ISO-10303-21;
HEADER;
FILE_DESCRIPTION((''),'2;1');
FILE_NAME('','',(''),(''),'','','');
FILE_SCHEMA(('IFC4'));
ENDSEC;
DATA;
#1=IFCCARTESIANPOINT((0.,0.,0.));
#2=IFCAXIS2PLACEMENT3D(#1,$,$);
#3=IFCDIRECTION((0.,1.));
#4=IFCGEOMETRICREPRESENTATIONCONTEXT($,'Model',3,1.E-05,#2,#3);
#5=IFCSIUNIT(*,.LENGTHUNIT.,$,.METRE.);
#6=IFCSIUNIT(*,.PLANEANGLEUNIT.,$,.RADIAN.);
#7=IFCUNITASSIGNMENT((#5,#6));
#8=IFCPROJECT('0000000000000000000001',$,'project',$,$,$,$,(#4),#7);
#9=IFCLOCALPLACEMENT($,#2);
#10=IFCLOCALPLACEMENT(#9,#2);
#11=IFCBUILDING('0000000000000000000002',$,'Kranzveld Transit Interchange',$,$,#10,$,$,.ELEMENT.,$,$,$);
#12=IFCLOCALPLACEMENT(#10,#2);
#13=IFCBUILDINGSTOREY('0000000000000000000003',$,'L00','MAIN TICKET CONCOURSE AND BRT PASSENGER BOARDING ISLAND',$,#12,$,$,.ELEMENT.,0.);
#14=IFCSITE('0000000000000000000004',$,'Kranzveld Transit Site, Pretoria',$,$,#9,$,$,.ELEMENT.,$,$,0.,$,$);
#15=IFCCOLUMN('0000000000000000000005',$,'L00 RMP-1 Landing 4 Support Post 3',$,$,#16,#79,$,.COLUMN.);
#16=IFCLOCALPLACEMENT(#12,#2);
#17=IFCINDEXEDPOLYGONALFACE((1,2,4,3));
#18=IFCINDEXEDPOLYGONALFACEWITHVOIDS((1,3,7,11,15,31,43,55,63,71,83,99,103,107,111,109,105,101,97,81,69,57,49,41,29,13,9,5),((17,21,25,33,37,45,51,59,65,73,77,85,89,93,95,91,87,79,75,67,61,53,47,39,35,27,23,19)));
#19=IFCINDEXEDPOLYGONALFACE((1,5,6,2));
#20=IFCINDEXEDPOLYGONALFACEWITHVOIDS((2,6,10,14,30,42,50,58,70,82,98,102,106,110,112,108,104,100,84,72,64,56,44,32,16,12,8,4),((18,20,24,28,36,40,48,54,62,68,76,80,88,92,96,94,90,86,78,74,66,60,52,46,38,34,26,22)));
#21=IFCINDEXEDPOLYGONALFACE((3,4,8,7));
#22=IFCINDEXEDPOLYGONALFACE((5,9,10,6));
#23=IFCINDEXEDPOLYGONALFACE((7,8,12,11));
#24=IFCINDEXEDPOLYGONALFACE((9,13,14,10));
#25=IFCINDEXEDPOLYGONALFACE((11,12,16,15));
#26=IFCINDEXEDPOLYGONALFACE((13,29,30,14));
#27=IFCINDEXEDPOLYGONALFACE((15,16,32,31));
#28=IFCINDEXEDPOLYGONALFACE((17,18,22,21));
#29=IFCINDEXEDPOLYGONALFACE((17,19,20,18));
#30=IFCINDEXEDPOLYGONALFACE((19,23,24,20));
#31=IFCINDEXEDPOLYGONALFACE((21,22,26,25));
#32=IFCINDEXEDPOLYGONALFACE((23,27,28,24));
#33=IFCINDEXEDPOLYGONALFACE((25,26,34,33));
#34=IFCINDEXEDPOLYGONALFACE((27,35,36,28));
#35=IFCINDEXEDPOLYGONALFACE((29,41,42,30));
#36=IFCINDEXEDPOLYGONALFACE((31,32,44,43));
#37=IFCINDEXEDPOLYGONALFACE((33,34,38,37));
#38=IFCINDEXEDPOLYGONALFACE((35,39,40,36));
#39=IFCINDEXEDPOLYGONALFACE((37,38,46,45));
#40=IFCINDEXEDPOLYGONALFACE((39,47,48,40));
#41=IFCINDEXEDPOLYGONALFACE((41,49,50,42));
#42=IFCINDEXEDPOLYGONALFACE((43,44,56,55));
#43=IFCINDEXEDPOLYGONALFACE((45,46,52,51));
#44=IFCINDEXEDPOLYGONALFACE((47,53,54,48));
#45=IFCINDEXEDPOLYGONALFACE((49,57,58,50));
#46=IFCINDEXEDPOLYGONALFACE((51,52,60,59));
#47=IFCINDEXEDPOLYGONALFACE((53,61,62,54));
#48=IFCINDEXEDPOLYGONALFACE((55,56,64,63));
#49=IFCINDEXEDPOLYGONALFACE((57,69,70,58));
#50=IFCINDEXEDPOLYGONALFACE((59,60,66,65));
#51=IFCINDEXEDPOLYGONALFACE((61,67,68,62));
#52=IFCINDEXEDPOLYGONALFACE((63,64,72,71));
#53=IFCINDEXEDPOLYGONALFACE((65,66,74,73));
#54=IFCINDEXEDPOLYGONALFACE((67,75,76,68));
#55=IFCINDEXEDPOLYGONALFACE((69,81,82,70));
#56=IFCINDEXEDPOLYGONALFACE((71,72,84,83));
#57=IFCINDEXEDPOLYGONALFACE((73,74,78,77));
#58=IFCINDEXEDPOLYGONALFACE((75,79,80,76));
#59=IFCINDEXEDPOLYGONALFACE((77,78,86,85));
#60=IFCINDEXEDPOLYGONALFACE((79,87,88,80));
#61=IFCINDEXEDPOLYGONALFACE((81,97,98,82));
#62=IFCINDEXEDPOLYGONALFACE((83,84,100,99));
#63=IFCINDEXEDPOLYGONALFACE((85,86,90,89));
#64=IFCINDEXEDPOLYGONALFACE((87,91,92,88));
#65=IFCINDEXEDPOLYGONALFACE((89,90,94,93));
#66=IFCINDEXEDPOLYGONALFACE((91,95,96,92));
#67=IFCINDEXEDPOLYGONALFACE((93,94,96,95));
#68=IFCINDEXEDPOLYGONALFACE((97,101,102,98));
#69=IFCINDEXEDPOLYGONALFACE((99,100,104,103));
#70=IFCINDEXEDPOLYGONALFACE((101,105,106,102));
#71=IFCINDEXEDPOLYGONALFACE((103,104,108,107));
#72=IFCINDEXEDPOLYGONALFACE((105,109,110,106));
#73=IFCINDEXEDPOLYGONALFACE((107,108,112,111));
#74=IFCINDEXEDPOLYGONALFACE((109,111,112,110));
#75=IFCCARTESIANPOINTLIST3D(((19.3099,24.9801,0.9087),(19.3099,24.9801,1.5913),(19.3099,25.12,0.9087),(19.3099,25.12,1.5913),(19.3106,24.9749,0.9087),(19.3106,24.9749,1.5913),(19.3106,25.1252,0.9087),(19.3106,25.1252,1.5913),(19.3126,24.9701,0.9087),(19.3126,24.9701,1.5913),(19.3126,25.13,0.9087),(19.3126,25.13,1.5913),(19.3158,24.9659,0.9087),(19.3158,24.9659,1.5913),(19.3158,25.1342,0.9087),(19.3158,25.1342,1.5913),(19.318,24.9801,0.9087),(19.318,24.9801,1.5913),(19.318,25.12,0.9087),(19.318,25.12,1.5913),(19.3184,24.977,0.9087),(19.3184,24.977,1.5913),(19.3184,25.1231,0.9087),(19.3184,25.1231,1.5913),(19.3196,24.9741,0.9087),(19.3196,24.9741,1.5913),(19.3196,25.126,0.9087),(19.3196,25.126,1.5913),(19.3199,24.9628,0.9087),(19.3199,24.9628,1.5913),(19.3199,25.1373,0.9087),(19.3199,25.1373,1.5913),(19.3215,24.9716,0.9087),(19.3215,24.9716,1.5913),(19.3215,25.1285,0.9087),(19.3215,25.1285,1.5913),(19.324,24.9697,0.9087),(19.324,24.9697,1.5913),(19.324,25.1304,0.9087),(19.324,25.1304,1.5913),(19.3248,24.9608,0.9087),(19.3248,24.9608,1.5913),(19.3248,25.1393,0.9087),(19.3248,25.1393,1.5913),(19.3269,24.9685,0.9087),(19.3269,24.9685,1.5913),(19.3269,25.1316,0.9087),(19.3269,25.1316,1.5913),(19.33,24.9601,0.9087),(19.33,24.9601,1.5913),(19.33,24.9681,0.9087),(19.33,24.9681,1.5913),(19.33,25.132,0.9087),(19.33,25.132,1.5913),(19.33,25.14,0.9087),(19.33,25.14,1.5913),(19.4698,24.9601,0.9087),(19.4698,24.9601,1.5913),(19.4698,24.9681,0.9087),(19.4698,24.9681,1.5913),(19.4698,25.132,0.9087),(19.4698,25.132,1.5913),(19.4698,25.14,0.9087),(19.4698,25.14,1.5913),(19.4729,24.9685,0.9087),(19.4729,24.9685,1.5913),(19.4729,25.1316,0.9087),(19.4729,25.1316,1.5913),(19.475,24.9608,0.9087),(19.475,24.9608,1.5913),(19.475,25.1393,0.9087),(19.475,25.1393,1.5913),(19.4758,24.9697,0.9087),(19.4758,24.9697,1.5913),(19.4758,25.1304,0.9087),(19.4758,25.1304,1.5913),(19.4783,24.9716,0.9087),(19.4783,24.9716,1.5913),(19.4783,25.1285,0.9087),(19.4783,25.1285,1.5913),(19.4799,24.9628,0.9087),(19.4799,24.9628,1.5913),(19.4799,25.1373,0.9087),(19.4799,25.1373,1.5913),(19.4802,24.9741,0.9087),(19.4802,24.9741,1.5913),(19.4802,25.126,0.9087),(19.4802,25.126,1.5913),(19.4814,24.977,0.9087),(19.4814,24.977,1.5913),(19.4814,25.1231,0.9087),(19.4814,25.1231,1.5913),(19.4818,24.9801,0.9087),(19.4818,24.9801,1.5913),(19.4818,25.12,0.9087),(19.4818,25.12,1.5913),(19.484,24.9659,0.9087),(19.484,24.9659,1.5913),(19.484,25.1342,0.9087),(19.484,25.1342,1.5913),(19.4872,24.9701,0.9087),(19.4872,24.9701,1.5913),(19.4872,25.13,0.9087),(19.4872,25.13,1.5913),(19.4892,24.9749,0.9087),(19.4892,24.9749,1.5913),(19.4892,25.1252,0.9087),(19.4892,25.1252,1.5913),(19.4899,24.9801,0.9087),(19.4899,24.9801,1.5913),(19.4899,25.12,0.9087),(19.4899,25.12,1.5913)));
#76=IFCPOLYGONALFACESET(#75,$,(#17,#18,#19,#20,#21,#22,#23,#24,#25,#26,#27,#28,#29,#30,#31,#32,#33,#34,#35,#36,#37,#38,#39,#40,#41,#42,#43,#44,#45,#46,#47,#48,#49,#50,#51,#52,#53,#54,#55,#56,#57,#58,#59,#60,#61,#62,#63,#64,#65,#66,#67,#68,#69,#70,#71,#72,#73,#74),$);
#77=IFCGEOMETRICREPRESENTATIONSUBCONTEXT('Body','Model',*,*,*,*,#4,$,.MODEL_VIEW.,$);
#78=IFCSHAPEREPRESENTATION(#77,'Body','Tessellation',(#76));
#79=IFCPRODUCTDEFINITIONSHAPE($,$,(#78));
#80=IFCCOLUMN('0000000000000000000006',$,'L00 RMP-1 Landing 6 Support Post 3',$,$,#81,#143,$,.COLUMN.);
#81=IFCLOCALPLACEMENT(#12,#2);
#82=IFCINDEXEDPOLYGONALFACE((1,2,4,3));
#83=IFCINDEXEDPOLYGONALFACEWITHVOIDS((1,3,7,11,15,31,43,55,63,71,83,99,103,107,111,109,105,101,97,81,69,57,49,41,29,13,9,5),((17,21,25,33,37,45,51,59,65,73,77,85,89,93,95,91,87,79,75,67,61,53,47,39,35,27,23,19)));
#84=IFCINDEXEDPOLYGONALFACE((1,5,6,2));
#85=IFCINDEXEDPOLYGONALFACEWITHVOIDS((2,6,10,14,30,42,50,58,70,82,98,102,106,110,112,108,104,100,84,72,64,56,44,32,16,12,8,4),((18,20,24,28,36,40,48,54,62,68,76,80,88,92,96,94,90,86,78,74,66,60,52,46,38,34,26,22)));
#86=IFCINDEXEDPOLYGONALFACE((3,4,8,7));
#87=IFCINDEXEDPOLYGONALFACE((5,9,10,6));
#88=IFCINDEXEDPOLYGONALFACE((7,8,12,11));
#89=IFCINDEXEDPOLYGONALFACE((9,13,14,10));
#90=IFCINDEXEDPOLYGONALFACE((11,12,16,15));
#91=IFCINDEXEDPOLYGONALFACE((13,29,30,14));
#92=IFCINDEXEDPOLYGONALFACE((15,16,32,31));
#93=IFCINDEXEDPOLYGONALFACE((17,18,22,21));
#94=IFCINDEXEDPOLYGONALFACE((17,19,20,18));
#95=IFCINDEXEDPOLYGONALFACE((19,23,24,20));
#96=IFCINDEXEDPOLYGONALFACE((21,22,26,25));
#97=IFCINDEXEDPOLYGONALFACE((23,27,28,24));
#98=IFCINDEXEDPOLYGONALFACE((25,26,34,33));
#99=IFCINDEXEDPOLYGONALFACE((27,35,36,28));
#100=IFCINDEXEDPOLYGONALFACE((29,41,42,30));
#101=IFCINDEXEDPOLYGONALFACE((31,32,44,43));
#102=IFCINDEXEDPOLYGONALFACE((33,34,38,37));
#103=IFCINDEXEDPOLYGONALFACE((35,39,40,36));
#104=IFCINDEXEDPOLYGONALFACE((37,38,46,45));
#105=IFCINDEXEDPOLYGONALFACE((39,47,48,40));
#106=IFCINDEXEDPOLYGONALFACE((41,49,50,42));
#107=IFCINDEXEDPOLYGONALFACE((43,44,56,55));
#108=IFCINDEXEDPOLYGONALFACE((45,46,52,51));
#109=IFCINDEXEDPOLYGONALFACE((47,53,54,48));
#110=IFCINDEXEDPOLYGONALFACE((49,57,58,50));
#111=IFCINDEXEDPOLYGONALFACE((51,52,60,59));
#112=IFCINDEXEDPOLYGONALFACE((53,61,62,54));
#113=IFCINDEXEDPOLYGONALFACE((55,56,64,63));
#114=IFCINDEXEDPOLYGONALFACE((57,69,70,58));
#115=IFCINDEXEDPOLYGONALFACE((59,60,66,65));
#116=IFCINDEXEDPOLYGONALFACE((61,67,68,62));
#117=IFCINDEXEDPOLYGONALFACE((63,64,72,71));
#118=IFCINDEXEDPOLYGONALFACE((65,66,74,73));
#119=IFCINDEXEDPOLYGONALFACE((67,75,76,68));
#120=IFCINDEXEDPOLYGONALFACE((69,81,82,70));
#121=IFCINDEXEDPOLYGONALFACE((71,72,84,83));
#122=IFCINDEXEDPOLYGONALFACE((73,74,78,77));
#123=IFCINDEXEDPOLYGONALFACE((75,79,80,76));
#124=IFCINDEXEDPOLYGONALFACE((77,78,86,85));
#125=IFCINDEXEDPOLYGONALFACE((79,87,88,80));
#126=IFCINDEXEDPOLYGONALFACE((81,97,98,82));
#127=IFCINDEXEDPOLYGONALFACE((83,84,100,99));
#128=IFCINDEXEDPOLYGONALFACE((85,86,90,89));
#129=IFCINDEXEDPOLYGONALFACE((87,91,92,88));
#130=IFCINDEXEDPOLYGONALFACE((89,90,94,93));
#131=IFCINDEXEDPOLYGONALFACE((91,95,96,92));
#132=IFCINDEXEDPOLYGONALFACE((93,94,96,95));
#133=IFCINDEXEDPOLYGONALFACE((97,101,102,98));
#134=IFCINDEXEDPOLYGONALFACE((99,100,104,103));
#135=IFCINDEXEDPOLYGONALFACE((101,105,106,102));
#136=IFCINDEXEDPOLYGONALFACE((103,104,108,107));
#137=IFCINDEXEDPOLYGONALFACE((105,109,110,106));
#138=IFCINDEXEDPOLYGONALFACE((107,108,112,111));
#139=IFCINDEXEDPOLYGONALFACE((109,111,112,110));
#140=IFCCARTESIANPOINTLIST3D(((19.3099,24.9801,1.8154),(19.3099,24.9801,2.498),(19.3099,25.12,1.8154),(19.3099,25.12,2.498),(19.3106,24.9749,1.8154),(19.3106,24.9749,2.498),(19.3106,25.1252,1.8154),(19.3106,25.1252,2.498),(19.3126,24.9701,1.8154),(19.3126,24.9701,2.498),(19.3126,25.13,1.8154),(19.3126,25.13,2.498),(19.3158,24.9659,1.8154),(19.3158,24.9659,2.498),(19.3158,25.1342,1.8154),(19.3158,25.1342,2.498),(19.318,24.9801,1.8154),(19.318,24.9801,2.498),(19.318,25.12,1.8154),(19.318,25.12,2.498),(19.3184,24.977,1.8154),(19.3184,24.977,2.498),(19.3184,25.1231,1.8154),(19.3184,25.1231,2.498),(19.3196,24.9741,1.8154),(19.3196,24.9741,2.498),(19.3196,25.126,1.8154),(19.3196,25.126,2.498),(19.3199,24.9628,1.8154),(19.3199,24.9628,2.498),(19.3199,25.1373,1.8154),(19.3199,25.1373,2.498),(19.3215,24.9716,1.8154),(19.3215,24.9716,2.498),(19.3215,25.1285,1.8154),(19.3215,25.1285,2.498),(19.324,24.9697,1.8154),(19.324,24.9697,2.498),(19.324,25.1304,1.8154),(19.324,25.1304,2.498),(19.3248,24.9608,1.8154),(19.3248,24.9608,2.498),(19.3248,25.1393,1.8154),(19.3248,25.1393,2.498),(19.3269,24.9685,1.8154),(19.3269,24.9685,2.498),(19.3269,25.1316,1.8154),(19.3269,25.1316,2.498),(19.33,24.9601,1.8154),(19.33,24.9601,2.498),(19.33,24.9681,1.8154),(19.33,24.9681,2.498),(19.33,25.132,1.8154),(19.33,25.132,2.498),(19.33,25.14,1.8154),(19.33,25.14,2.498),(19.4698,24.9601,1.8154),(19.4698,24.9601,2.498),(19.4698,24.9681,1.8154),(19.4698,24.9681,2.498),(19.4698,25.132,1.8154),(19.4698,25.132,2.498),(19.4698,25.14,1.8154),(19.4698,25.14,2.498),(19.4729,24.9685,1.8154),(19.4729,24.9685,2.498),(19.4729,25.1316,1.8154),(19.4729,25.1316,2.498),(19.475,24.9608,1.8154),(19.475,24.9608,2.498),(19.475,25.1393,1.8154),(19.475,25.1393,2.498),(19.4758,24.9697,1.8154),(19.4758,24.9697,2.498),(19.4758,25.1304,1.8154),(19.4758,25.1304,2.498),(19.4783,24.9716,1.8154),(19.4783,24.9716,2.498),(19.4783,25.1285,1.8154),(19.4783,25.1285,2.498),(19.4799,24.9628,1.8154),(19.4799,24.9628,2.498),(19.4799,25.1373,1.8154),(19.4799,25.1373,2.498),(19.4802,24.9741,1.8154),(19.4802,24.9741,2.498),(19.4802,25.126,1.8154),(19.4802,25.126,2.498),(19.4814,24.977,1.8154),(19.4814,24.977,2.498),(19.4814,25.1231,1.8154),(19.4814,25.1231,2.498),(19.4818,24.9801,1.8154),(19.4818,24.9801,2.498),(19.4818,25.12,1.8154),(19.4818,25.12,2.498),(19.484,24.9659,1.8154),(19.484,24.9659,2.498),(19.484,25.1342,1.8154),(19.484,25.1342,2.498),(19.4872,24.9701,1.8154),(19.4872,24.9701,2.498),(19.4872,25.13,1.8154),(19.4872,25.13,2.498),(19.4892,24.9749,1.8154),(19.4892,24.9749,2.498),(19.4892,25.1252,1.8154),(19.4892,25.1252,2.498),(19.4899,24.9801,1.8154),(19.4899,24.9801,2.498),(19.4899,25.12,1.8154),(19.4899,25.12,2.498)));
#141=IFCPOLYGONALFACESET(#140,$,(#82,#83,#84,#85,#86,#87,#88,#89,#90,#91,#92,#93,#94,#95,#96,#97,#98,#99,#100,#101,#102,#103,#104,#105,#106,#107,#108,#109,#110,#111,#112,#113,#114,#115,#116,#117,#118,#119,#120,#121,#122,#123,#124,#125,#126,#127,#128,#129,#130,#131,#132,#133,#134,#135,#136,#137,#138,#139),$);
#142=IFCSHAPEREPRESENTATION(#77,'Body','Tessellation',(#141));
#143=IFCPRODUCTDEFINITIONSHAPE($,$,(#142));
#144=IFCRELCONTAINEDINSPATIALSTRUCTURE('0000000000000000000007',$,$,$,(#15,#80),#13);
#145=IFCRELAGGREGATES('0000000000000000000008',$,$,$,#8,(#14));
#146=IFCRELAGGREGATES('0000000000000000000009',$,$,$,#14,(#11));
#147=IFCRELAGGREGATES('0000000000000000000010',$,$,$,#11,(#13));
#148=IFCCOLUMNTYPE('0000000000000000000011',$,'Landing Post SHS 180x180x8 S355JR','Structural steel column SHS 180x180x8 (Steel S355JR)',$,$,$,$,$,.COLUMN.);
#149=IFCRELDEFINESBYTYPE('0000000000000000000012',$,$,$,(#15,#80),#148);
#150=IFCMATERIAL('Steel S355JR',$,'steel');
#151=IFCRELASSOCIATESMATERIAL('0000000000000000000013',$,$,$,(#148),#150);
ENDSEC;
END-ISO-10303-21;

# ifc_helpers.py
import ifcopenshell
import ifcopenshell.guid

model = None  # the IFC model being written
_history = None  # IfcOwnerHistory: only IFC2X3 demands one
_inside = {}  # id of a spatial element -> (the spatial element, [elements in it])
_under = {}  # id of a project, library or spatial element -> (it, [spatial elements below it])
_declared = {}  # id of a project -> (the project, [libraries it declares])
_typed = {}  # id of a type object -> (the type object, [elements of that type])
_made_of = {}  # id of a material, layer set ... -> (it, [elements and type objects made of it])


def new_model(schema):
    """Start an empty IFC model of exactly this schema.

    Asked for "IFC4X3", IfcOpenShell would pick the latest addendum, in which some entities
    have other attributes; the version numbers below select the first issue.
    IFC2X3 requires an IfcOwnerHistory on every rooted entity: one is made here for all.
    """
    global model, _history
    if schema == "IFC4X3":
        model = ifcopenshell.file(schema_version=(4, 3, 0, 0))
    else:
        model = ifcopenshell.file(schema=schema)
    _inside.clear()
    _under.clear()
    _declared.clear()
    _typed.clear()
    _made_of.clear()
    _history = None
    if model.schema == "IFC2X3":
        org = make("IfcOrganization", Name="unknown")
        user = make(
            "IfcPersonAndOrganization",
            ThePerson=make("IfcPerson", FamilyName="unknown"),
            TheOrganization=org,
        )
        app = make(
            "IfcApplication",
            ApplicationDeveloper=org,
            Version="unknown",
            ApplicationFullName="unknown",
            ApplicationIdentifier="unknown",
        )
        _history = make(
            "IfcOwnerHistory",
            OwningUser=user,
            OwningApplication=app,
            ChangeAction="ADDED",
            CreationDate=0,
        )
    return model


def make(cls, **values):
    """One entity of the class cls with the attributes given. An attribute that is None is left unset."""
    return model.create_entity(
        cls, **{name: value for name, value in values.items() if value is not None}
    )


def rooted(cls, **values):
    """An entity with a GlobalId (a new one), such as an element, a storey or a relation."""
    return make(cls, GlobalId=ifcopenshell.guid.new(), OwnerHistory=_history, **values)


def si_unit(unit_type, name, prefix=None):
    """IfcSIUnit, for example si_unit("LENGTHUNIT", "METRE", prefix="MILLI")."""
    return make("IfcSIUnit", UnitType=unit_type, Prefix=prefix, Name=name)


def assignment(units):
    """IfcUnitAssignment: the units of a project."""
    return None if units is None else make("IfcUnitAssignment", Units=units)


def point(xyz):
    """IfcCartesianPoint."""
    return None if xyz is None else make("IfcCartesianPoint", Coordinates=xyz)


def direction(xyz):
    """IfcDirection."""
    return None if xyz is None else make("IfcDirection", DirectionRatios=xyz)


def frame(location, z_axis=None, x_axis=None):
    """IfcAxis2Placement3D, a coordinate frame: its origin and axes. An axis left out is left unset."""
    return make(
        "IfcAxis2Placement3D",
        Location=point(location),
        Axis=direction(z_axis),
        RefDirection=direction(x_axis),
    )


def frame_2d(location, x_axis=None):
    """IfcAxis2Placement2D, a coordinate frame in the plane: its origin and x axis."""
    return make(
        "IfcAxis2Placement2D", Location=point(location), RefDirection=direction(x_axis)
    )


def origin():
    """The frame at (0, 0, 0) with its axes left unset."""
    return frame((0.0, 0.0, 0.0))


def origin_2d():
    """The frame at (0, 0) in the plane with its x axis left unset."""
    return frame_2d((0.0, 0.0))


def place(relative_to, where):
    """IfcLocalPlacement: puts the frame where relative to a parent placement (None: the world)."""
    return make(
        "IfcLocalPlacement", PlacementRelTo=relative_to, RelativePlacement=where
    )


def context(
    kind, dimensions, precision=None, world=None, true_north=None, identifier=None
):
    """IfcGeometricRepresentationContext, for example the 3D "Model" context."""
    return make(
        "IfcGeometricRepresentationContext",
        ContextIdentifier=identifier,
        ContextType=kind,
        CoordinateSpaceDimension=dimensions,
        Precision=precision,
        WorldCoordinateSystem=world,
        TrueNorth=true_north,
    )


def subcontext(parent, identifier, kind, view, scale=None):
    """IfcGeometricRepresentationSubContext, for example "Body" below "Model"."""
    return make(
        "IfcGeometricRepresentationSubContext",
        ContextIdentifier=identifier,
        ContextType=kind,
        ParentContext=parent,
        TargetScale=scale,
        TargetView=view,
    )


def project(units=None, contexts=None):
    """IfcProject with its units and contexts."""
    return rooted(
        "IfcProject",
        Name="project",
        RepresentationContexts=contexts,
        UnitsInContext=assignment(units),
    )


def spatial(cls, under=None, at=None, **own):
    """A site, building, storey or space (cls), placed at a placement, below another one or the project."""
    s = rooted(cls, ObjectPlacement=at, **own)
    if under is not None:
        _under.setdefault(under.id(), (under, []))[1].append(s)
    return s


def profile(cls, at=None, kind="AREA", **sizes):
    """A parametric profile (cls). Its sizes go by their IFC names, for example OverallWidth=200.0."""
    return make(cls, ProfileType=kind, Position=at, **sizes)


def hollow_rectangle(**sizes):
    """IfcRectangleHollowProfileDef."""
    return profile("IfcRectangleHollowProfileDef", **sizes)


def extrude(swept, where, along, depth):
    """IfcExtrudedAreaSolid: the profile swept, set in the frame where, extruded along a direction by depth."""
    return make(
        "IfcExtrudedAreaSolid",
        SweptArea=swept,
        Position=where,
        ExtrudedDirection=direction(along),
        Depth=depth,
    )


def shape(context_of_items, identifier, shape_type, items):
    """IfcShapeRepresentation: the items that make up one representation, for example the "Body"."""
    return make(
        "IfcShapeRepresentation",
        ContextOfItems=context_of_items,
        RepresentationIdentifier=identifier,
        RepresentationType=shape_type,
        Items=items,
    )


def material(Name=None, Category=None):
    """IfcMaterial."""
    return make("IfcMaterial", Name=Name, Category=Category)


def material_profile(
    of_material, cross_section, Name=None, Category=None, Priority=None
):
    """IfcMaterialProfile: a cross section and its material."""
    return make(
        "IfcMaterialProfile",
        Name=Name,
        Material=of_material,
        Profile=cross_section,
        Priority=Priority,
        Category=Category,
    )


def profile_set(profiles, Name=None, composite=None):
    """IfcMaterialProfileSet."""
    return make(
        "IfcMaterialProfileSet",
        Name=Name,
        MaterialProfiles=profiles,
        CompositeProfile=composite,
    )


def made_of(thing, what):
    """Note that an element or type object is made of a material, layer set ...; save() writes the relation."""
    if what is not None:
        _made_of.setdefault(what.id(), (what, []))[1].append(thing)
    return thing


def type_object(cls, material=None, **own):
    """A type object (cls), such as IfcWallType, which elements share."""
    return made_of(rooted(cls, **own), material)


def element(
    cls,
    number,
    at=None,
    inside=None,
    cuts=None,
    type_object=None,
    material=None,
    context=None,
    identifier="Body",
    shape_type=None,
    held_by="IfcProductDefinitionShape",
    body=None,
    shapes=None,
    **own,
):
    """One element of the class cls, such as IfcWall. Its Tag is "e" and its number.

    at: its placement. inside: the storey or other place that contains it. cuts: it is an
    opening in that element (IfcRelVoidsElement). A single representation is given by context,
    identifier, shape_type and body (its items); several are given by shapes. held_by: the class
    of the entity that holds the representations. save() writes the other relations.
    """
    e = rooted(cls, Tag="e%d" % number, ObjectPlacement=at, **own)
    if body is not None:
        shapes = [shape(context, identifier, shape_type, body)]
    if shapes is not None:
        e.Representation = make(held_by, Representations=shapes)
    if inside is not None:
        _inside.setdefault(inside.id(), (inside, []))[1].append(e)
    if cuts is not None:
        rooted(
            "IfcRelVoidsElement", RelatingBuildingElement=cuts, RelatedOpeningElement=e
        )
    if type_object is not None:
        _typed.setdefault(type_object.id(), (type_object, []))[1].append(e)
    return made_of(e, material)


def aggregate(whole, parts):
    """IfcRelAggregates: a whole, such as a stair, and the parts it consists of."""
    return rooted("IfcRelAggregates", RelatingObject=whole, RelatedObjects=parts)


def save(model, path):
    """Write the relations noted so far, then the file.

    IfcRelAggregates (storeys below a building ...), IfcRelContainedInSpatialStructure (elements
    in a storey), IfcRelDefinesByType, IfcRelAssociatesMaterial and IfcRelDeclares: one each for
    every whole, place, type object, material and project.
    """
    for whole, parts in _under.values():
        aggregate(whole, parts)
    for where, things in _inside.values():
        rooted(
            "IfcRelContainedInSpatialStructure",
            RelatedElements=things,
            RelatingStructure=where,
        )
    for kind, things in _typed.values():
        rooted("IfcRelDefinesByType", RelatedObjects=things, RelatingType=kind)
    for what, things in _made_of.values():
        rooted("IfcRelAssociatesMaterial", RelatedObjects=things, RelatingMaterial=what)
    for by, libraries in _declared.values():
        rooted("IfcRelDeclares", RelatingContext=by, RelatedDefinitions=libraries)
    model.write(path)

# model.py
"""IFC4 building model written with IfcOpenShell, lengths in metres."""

from ifc_helpers import new_model, si_unit, direction, frame, origin, origin_2d, place, context, subcontext, project, spatial, hollow_rectangle, extrude, material, material_profile, profile_set, type_object, element, save


model = new_model("IFC4")

# Units and contexts
model_context = context("Model", 3, precision=1e-05, world=origin(), true_north=direction((0.0, 1.0)))
body_context = subcontext(model_context, "Body", "Model", "MODEL_VIEW")
ifc_project = project(units=[si_unit("LENGTHUNIT", "METRE"), si_unit("PLANEANGLEUNIT", "RADIAN")], contexts=[model_context])

# Site, building, storey
site_placement = place(None, origin())
site = spatial("IfcSite", under=ifc_project, at=site_placement, Name="Kranzveld Transit Site, Pretoria", CompositionType="ELEMENT", RefElevation=0.0)
building_placement = place(site_placement, origin())
building = spatial("IfcBuilding", under=site, at=building_placement, Name="Kranzveld Transit Interchange", CompositionType="ELEMENT")
storey_placement = place(building_placement, origin())
storey = spatial("IfcBuildingStorey", under=building, at=storey_placement, Name="L00", Description="MAIN TICKET CONCOURSE AND BRT PASSENGER BOARDING ISLAND", CompositionType="ELEMENT", Elevation=0.0)

# Columns
ifc_material_1 = material(Name="Steel S355JR", Category="steel")
ifc_material_profile_1 = material_profile(ifc_material_1, hollow_rectangle(XDim=0.1799, YDim=0.1799, WallThickness=0.0081, InnerFilletRadius=0.012, OuterFilletRadius=0.02, at=origin_2d()), Name="SHS 180x180x8")
ifc_profile_set_1 = profile_set([ifc_material_profile_1], Name="Steel S355JR")
column_type_1 = type_object("IfcColumnType", Name="Landing Post SHS 180x180x8 S355JR", Description="Structural steel column SHS 180x180x8 (Steel S355JR)", PredefinedType="COLUMN", material=ifc_profile_set_1)
for number, where, z_axis, x_axis, name in (
    (1, (19.3999, 25.05, 0.9087), (0.0, 0.0, 1.0), (1.0, 0.0, 0.0), "L00 RMP-1 Landing 4 Support Post 3"),
    (2, (19.3999, 25.05, 1.8154), (0.0, 0.0, 1.0), (1.0, 0.0, 0.0), "L00 RMP-1 Landing 6 Support Post 3"),
):
    element("IfcColumn", number, at=place(storey_placement, frame(where, z_axis=z_axis, x_axis=x_axis)), inside=storey, type_object=column_type_1, Name=name, PredefinedType="COLUMN", context=body_context, shape_type="SweptSolid", body=[
        extrude(hollow_rectangle(XDim=0.1799, YDim=0.1799, WallThickness=0.0081, InnerFilletRadius=0.012, OuterFilletRadius=0.02, at=origin_2d()), origin(), (0.0, 0.0, 1.0), 0.6826),
    ])

save(model, "model.ifc")
